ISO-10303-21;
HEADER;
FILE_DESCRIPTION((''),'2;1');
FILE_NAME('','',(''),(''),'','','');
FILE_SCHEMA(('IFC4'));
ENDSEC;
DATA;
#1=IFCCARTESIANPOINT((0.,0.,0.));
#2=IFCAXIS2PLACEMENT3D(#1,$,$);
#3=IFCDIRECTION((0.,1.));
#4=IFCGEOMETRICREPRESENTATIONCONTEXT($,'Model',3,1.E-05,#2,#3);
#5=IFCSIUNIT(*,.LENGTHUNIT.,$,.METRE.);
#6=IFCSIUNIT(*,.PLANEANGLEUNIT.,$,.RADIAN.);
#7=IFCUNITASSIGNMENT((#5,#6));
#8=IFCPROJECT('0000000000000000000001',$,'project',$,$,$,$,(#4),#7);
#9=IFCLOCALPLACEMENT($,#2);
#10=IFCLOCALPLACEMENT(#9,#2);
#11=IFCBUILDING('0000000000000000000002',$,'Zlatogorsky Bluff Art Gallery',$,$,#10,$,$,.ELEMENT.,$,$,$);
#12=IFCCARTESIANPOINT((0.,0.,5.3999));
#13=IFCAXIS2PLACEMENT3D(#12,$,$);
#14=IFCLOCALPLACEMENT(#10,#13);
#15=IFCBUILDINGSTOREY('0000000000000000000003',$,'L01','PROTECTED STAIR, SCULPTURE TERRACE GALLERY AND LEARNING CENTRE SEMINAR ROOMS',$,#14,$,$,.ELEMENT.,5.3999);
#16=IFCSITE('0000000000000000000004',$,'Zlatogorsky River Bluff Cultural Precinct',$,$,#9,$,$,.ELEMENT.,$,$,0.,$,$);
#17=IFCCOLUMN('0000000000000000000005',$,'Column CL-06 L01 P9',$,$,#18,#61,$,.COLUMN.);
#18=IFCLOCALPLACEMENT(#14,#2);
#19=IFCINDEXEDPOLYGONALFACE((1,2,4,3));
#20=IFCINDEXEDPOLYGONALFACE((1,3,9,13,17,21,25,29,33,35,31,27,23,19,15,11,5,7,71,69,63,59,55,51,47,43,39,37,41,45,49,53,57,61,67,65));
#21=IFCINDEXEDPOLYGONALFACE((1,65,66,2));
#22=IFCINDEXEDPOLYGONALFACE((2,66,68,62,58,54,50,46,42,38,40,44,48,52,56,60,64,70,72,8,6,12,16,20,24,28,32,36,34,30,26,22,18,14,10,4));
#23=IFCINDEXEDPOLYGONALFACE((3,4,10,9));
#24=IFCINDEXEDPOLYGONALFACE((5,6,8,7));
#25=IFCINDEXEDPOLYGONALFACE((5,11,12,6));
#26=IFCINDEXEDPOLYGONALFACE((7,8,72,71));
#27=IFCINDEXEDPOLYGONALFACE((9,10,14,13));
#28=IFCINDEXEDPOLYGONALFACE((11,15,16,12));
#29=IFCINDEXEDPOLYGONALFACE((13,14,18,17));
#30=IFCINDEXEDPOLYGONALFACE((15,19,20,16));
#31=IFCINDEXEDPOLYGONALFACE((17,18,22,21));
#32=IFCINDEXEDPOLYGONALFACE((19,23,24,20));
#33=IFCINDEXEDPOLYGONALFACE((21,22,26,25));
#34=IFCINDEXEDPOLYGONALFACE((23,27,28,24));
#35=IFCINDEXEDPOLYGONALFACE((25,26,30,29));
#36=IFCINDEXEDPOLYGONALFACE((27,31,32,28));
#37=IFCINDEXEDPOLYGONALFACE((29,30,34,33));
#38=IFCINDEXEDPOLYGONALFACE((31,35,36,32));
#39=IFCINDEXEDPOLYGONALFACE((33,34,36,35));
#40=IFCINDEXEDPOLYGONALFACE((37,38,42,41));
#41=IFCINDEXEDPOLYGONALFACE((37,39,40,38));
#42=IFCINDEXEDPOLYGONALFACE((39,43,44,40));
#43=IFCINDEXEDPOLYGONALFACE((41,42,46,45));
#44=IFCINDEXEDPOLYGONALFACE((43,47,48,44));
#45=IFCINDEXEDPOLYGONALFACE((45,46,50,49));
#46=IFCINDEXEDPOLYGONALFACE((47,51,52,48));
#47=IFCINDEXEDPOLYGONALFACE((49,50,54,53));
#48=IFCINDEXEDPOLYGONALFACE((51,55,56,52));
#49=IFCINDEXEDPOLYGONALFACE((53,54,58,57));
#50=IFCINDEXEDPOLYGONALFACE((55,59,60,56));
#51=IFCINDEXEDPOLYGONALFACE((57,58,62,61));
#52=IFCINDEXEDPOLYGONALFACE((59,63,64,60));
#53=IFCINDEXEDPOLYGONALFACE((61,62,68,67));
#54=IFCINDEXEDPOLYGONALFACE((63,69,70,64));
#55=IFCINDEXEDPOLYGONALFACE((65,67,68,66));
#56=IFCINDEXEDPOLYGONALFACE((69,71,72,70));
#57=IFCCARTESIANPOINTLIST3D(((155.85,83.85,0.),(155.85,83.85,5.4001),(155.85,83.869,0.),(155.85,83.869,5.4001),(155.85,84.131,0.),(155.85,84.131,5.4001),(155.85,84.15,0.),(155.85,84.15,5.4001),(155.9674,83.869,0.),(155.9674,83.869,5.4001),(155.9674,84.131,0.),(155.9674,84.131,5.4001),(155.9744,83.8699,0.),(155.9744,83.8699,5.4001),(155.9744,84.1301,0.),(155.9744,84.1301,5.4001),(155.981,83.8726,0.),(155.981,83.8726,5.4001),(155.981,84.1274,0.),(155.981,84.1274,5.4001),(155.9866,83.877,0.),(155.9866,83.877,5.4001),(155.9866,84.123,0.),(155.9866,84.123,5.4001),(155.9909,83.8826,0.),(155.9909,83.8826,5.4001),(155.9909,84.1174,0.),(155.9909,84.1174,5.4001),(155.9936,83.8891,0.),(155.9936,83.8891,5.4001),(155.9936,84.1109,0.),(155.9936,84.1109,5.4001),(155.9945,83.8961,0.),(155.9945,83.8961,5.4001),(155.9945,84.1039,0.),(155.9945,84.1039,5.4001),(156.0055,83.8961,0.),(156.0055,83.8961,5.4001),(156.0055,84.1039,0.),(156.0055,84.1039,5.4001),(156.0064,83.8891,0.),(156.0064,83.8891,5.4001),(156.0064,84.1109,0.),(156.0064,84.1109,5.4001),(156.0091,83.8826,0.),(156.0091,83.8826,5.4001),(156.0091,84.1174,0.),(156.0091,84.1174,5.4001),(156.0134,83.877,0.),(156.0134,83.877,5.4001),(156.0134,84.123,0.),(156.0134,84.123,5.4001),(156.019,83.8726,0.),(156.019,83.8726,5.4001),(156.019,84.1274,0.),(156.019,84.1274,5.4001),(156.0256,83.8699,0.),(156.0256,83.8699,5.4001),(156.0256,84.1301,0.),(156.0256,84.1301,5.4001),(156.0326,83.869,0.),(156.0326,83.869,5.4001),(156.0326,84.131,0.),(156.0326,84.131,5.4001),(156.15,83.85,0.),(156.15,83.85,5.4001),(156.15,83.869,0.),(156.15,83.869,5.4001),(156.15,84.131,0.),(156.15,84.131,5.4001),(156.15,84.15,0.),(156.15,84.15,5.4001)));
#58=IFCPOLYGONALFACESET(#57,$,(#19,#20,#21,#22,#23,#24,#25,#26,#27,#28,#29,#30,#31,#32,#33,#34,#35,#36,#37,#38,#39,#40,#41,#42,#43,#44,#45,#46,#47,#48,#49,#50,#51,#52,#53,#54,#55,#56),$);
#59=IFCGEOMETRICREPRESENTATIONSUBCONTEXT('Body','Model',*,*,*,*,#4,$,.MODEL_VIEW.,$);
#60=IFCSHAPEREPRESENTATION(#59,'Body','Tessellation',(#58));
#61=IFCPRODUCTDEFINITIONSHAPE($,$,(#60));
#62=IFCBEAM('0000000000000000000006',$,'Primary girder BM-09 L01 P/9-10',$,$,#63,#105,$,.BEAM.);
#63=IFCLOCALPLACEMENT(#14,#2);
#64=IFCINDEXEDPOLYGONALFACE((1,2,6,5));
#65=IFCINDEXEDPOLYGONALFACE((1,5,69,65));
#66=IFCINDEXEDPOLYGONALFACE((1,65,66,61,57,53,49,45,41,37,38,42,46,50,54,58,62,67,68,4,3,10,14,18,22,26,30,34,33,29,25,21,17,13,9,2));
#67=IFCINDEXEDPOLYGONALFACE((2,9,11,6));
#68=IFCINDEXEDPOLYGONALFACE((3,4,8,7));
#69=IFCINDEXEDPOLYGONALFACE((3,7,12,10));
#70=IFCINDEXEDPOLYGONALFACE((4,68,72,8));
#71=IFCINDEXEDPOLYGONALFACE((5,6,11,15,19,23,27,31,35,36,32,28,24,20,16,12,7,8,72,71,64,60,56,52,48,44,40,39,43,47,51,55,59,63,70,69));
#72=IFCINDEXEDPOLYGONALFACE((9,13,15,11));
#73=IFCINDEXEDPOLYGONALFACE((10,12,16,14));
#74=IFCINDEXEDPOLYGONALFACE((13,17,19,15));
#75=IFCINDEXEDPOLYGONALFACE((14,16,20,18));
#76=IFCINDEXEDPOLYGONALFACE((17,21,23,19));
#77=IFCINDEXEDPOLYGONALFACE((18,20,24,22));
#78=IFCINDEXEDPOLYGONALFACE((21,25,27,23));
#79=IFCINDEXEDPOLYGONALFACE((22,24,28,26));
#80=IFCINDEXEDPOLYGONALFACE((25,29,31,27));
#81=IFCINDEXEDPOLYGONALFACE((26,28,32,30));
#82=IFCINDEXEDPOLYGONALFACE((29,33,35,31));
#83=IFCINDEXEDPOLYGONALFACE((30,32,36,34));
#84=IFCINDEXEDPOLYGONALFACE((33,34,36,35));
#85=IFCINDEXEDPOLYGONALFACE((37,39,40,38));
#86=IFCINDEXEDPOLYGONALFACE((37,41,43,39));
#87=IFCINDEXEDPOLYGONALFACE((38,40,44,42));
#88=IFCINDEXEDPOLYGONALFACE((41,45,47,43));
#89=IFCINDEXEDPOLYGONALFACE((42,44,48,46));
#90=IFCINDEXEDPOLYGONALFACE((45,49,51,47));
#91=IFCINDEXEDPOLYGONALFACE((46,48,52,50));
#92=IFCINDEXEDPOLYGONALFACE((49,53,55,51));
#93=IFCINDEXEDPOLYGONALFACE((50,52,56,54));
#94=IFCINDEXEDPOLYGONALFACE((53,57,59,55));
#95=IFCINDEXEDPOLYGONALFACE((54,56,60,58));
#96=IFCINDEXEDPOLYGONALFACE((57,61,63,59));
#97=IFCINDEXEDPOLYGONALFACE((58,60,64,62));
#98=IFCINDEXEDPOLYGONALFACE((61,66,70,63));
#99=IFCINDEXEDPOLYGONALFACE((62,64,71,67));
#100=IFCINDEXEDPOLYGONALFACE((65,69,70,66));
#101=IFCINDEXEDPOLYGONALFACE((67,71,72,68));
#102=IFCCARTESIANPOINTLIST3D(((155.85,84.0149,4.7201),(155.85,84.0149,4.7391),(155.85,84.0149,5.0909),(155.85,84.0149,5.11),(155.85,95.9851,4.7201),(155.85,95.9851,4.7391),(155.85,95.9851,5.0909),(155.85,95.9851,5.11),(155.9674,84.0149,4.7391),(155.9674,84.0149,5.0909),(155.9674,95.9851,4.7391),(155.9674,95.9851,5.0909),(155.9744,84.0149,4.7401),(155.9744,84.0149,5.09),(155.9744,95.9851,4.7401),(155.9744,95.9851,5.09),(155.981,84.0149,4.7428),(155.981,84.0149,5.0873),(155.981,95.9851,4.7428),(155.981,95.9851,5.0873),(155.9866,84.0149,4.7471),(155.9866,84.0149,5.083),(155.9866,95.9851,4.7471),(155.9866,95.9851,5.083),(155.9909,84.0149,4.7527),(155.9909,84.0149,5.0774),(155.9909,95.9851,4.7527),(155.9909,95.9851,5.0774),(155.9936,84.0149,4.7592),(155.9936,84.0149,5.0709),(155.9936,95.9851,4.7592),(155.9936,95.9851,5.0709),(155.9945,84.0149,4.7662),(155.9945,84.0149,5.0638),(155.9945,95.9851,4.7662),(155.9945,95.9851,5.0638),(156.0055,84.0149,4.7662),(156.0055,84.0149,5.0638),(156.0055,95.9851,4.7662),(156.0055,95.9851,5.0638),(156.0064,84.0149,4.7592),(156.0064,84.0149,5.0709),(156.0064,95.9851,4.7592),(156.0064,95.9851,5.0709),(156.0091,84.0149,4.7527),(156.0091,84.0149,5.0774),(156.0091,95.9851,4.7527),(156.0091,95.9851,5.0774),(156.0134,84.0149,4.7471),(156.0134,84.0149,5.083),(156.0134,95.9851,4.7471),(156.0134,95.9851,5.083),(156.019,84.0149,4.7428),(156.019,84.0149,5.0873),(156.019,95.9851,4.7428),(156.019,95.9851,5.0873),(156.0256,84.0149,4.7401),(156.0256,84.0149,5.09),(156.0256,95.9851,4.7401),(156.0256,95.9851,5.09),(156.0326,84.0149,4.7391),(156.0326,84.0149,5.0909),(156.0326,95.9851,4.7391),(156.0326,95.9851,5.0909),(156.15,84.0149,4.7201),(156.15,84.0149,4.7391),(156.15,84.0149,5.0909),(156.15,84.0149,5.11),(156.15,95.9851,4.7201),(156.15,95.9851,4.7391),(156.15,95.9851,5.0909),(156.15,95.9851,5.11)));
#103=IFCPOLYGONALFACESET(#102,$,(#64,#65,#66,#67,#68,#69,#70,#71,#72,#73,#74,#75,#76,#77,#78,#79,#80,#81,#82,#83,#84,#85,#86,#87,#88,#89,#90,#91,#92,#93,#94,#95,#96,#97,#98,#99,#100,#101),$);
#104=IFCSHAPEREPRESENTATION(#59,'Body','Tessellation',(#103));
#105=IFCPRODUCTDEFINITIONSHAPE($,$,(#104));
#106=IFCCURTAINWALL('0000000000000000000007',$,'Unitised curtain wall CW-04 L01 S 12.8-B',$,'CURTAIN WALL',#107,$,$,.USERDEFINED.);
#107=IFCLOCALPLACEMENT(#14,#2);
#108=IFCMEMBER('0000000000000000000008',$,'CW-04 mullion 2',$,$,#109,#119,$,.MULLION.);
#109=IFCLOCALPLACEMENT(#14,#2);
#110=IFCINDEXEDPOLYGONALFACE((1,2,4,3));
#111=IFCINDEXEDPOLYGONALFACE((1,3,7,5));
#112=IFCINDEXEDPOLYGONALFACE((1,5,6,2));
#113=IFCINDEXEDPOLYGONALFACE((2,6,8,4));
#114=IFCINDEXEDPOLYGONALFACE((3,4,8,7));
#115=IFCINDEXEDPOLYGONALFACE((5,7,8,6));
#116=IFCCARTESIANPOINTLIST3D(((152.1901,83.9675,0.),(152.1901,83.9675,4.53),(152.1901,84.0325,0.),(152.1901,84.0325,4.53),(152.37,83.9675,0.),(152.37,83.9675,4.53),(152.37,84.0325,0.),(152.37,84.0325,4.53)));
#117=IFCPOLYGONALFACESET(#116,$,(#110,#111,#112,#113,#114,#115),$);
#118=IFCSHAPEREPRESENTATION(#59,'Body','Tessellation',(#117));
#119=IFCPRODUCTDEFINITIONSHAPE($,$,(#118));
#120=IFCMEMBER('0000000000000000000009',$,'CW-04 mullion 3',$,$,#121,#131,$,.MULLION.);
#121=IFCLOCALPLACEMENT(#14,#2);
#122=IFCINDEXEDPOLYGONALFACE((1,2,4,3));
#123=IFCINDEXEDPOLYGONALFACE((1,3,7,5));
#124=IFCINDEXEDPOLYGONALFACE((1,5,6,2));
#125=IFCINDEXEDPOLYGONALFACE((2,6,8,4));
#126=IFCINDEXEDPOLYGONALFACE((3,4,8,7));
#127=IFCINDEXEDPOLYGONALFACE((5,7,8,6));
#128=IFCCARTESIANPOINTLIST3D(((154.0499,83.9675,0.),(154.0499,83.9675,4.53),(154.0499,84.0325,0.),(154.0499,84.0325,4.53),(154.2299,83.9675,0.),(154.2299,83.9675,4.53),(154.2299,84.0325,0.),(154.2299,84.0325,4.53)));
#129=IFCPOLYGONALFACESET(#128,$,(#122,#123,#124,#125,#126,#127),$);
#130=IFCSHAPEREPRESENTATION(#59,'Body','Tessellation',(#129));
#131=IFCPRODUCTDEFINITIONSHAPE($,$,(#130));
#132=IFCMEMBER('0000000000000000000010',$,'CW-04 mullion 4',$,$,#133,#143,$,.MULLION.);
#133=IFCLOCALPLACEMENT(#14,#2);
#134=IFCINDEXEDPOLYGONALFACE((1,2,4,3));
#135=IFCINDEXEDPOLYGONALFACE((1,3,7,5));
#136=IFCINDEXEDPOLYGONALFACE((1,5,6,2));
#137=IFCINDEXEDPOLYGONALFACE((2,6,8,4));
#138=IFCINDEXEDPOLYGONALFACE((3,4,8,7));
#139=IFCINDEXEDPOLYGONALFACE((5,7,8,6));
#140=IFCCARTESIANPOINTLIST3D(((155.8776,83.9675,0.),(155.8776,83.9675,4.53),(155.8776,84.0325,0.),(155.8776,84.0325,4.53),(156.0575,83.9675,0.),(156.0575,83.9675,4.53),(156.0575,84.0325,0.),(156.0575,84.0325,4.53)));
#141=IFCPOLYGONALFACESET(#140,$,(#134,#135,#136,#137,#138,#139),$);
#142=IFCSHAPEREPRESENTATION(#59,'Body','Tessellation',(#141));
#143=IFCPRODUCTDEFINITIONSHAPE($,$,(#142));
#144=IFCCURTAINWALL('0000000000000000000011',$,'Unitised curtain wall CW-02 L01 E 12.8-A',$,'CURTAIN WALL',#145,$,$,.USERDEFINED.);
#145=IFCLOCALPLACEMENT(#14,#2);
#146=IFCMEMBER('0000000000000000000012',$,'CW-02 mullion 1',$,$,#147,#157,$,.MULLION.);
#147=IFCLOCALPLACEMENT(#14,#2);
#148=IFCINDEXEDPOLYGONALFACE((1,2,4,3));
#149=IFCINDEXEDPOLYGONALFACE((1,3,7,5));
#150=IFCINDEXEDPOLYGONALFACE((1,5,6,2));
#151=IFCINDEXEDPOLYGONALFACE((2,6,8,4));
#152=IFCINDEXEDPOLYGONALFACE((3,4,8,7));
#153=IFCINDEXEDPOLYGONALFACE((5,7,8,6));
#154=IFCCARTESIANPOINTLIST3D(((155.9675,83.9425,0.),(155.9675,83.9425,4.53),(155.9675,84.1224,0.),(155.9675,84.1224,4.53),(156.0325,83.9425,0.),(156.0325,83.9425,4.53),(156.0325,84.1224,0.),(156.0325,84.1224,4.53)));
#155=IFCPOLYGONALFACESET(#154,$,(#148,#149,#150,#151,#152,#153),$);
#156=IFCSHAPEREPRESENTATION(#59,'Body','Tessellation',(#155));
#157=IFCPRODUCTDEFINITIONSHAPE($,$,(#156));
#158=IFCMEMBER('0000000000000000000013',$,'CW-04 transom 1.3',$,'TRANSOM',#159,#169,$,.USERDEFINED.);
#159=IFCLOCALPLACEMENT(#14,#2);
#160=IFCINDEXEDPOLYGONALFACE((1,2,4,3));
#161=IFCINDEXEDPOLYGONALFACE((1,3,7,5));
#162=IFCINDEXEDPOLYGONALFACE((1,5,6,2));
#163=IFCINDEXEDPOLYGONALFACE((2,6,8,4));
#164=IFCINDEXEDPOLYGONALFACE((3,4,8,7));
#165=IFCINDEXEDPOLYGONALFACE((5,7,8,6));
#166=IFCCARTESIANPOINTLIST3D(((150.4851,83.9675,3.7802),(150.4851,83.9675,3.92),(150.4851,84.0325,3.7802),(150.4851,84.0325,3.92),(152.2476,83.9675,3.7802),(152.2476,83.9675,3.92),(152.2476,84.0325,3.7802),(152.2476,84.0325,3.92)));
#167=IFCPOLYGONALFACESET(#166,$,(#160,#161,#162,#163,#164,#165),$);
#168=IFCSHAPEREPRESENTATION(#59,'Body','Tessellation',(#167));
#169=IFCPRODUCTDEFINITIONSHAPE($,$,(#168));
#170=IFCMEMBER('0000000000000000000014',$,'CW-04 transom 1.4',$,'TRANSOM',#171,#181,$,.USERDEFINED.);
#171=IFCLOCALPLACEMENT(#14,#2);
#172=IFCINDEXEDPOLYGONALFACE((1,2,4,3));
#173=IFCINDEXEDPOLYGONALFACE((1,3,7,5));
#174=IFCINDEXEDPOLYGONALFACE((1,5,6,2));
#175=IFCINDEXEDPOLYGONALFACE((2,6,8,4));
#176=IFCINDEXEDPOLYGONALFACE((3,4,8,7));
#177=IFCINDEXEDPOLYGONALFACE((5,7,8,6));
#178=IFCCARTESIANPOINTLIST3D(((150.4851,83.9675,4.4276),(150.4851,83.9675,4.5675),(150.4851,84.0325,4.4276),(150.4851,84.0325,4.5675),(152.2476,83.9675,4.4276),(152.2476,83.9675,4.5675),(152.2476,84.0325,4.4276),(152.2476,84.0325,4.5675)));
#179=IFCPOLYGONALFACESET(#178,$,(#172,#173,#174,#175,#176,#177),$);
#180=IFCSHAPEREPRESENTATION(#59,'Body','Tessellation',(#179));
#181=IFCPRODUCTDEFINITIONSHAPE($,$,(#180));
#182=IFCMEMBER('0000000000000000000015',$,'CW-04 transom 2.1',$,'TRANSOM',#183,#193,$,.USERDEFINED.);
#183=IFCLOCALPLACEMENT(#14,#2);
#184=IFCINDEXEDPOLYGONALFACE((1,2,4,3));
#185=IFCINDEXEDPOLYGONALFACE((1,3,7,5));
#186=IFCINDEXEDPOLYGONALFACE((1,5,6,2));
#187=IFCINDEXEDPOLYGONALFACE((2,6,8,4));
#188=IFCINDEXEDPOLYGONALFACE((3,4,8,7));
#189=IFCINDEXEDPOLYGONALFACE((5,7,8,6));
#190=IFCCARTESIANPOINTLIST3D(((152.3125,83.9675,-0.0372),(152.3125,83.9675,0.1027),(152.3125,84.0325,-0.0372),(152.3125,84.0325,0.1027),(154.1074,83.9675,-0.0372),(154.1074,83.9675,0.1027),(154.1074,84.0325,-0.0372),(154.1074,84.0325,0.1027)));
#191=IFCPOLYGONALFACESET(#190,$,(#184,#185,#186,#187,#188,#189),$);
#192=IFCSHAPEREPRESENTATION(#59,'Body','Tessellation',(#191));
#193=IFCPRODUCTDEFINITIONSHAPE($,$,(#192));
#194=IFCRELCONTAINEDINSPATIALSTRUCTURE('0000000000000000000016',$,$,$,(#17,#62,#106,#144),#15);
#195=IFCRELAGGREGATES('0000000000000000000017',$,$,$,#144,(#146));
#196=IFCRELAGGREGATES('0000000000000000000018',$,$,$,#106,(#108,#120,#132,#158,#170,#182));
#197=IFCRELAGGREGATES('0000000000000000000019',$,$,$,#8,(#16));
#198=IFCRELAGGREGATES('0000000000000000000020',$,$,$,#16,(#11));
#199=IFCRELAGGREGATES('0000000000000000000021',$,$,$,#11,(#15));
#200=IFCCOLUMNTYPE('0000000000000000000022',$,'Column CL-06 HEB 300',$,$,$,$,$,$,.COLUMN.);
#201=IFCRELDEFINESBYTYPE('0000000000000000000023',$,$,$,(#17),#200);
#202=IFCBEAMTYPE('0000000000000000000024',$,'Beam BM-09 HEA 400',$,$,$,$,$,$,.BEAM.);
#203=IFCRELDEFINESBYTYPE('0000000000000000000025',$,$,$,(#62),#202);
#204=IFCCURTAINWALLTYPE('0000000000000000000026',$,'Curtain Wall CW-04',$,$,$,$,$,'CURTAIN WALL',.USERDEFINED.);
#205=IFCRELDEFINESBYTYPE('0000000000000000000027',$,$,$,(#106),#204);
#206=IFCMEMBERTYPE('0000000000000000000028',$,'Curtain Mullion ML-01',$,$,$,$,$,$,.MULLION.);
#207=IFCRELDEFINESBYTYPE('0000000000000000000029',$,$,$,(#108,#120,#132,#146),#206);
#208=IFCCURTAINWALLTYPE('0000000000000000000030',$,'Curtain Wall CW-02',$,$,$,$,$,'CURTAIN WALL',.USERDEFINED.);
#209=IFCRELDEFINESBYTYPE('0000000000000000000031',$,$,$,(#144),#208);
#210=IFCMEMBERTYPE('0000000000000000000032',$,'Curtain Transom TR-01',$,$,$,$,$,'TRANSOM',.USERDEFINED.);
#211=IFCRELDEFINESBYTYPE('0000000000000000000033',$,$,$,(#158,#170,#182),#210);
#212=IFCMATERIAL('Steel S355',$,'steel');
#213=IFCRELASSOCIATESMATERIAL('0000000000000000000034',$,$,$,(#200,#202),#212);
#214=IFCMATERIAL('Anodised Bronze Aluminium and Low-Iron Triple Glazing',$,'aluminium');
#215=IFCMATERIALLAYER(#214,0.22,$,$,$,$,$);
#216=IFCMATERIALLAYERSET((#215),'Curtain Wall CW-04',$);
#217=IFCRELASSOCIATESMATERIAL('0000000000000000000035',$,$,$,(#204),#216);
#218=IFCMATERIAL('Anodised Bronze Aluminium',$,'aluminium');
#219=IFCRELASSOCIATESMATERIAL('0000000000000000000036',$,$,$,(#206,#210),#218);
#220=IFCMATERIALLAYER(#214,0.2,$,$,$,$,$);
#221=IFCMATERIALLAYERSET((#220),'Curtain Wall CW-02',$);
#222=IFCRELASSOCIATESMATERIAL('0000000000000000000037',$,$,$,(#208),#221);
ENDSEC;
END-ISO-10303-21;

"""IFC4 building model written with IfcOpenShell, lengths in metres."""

from ifc_helpers import new_model, si_unit, direction, frame, origin, origin_2d, place, context, subcontext, project, spatial, rectangle, i_section, extrude, material, layer, layer_set, material_profile, profile_set, type_object, element, aggregate, save


model = new_model("IFC4")

# Units and contexts
model_context = context("Model", 3, precision=1e-05, world=origin(), true_north=direction((0.0, 1.0)))
body_context = subcontext(model_context, "Body", "Model", "MODEL_VIEW")
ifc_project = project(units=[si_unit("LENGTHUNIT", "METRE"), si_unit("PLANEANGLEUNIT", "RADIAN")], contexts=[model_context])

# Site, building, storey
site_placement = place(None, origin())
site = spatial("IfcSite", under=ifc_project, at=site_placement, Name="Zlatogorsky River Bluff Cultural Precinct", CompositionType="ELEMENT", RefElevation=0.0)
building_placement = place(site_placement, origin())
building = spatial("IfcBuilding", under=site, at=building_placement, Name="Zlatogorsky Bluff Art Gallery", CompositionType="ELEMENT")
storey_placement = place(building_placement, frame((0.0, 0.0, 5.3999)))
storey = spatial("IfcBuildingStorey", under=building, at=storey_placement, Name="L01", Description="PROTECTED STAIR, SCULPTURE TERRACE GALLERY AND LEARNING CENTRE SEMINAR ROOMS", CompositionType="ELEMENT", Elevation=5.3999)

# Column
ifc_material_1 = material(Name="Steel S355", Category="steel")
ifc_material_profile_1 = material_profile(ifc_material_1, i_section(OverallWidth=0.3, OverallDepth=0.3, WebThickness=0.011, FlangeThickness=0.019, FilletRadius=0.0271, at=origin_2d()), Name="HEB 300")
ifc_profile_set_1 = profile_set([ifc_material_profile_1], Name="Steel S355")
column_type = type_object("IfcColumnType", Name="Column CL-06 HEB 300", PredefinedType="COLUMN", material=ifc_profile_set_1)
column_placement = place(storey_placement, frame((156.0, 84.0, 0.0), z_axis=(0.0, 0.0, 1.0), x_axis=(1.0, 0.0, 0.0)))
element("IfcColumn", 1, at=column_placement, inside=storey, type_object=column_type, Name="Column CL-06 L01 P9", PredefinedType="COLUMN", context=body_context, shape_type="SweptSolid", body=[
    extrude(i_section(OverallWidth=0.3, OverallDepth=0.3, WebThickness=0.011, FlangeThickness=0.019, FilletRadius=0.0271, at=origin_2d()), origin(), (0.0, 0.0, 1.0), 5.4001),
])

# Beam
ifc_material_profile_2 = material_profile(ifc_material_1, i_section(OverallWidth=0.3, OverallDepth=0.3899, WebThickness=0.011, FlangeThickness=0.019, FilletRadius=0.0271, at=origin_2d()), Name="HEA 400")
ifc_profile_set_2 = profile_set([ifc_material_profile_2], Name="Steel S355")
beam_type = type_object("IfcBeamType", Name="Beam BM-09 HEA 400", PredefinedType="BEAM", material=ifc_profile_set_2)
beam_placement = place(storey_placement, frame((156.0, 84.0149, 4.915), z_axis=(0.0, 1.0, 0.0), x_axis=(-1.0, 0.0, 0.0)))
element("IfcBeam", 2, at=beam_placement, inside=storey, type_object=beam_type, Name="Primary girder BM-09 L01 P/9-10", PredefinedType="BEAM", context=body_context, shape_type="SweptSolid", body=[
    extrude(i_section(OverallWidth=0.3, OverallDepth=0.3899, WebThickness=0.011, FlangeThickness=0.019, FilletRadius=0.0271, at=origin_2d()), origin(), (0.0, 0.0, 1.0), 11.9702),
])

# Curtain wall, members
ifc_material_2 = material(Name="Anodised Bronze Aluminium and Low-Iron Triple Glazing", Category="aluminium")
ifc_layer_1 = layer(ifc_material_2, 0.22)
ifc_layer_set_1 = layer_set([ifc_layer_1], Name="Curtain Wall CW-04")
curtain_wall_type_1 = type_object("IfcCurtainWallType", Name="Curtain Wall CW-04", ElementType="CURTAIN WALL", PredefinedType="USERDEFINED", material=ifc_layer_set_1)
curtain_wall_1_placement = place(storey_placement, origin())
curtain_wall_1 = element("IfcCurtainWall", 3, at=curtain_wall_1_placement, inside=storey, type_object=curtain_wall_type_1, Name="Unitised curtain wall CW-04 L01 S 12.8-B", ObjectType="CURTAIN WALL", PredefinedType="USERDEFINED")
ifc_material_3 = material(Name="Anodised Bronze Aluminium", Category="aluminium")
ifc_material_profile_3 = material_profile(ifc_material_3, rectangle(XDim=0.0649, YDim=0.1799, at=origin_2d()), Name="ALU MULLION 65x180")
ifc_profile_set_3 = profile_set([ifc_material_profile_3], Name="Anodised Bronze Aluminium")
member_type_1 = type_object("IfcMemberType", Name="Curtain Mullion ML-01", PredefinedType="MULLION", material=ifc_profile_set_3)
member_1_placement = place(storey_placement, frame((152.28, 84.0, 0.0), z_axis=(0.0, 0.0, 1.0), x_axis=(0.0, 1.0, 0.0)))
member_1 = element("IfcMember", 4, at=member_1_placement, type_object=member_type_1, Name="CW-04 mullion 2", PredefinedType="MULLION", context=body_context, shape_type="SweptSolid", body=[
    extrude(rectangle(XDim=0.0649, YDim=0.1799, at=origin_2d()), origin(), (0.0, 0.0, 1.0), 4.53),
])
member_2_placement = place(storey_placement, frame((154.1399, 84.0, 0.0), z_axis=(0.0, 0.0, 1.0), x_axis=(0.0, 1.0, 0.0)))
member_2 = element("IfcMember", 5, at=member_2_placement, type_object=member_type_1, Name="CW-04 mullion 3", PredefinedType="MULLION", context=body_context, shape_type="SweptSolid", body=[
    extrude(rectangle(XDim=0.0649, YDim=0.1799, at=origin_2d()), origin(), (0.0, 0.0, 1.0), 4.53),
])
member_3_placement = place(storey_placement, frame((155.9675, 84.0, 0.0), z_axis=(0.0, 0.0, 1.0), x_axis=(0.0, 1.0, 0.0)))
member_3 = element("IfcMember", 6, at=member_3_placement, type_object=member_type_1, Name="CW-04 mullion 4", PredefinedType="MULLION", context=body_context, shape_type="SweptSolid", body=[
    extrude(rectangle(XDim=0.0649, YDim=0.1799, at=origin_2d()), origin(), (0.0, 0.0, 1.0), 4.53),
])

# Curtain wall, member
ifc_layer_2 = layer(ifc_material_2, 0.2)
ifc_layer_set_2 = layer_set([ifc_layer_2], Name="Curtain Wall CW-02")
curtain_wall_type_2 = type_object("IfcCurtainWallType", Name="Curtain Wall CW-02", ElementType="CURTAIN WALL", PredefinedType="USERDEFINED", material=ifc_layer_set_2)
curtain_wall_2_placement = place(storey_placement, origin())
curtain_wall_2 = element("IfcCurtainWall", 7, at=curtain_wall_2_placement, inside=storey, type_object=curtain_wall_type_2, Name="Unitised curtain wall CW-02 L01 E 12.8-A", ObjectType="CURTAIN WALL", PredefinedType="USERDEFINED")
member_4_placement = place(storey_placement, frame((156.0, 84.0325, 0.0), z_axis=(0.0, 0.0, 1.0), x_axis=(-1.0, 0.0, 0.0)))
member_4 = element("IfcMember", 8, at=member_4_placement, type_object=member_type_1, Name="CW-02 mullion 1", PredefinedType="MULLION", context=body_context, shape_type="SweptSolid", body=[
    extrude(rectangle(XDim=0.0649, YDim=0.1799, at=origin_2d()), origin(), (0.0, 0.0, 1.0), 4.53),
])

# Members
ifc_material_profile_4 = material_profile(ifc_material_3, rectangle(XDim=0.0649, YDim=0.1399, at=origin_2d()), Name="ALU TRANSOM 65x140")
ifc_profile_set_4 = profile_set([ifc_material_profile_4], Name="Anodised Bronze Aluminium")
member_type_2 = type_object("IfcMemberType", Name="Curtain Transom TR-01", ElementType="TRANSOM", PredefinedType="USERDEFINED", material=ifc_profile_set_4)
member_5_placement = place(storey_placement, frame((150.4851, 84.0, 3.8501), z_axis=(1.0, 0.0, 0.0), x_axis=(0.0, 1.0, 0.0)))
member_5 = element("IfcMember", 9, at=member_5_placement, type_object=member_type_2, Name="CW-04 transom 1.3", ObjectType="TRANSOM", PredefinedType="USERDEFINED", context=body_context, shape_type="SweptSolid", body=[
    extrude(rectangle(XDim=0.0649, YDim=0.1399, at=origin_2d()), origin(), (0.0, 0.0, 1.0), 1.7625),
])
member_6_placement = place(storey_placement, frame((150.4851, 84.0, 4.4976), z_axis=(1.0, 0.0, 0.0), x_axis=(0.0, 1.0, 0.0)))
member_6 = element("IfcMember", 10, at=member_6_placement, type_object=member_type_2, Name="CW-04 transom 1.4", ObjectType="TRANSOM", PredefinedType="USERDEFINED", context=body_context, shape_type="SweptSolid", body=[
    extrude(rectangle(XDim=0.0649, YDim=0.1399, at=origin_2d()), origin(), (0.0, 0.0, 1.0), 1.7625),
])
member_7_placement = place(storey_placement, frame((152.3125, 84.0, 0.0327), z_axis=(1.0, 0.0, 0.0), x_axis=(0.0, 1.0, 0.0)))
member_7 = element("IfcMember", 11, at=member_7_placement, type_object=member_type_2, Name="CW-04 transom 2.1", ObjectType="TRANSOM", PredefinedType="USERDEFINED", context=body_context, shape_type="SweptSolid", body=[
    extrude(rectangle(XDim=0.0649, YDim=0.1399, at=origin_2d()), origin(), (0.0, 0.0, 1.0), 1.7949),
])
aggregate(curtain_wall_2, [member_4])

aggregate(curtain_wall_1, [member_1, member_2, member_3, member_5, member_6, member_7])

save(model, "model.ifc")
